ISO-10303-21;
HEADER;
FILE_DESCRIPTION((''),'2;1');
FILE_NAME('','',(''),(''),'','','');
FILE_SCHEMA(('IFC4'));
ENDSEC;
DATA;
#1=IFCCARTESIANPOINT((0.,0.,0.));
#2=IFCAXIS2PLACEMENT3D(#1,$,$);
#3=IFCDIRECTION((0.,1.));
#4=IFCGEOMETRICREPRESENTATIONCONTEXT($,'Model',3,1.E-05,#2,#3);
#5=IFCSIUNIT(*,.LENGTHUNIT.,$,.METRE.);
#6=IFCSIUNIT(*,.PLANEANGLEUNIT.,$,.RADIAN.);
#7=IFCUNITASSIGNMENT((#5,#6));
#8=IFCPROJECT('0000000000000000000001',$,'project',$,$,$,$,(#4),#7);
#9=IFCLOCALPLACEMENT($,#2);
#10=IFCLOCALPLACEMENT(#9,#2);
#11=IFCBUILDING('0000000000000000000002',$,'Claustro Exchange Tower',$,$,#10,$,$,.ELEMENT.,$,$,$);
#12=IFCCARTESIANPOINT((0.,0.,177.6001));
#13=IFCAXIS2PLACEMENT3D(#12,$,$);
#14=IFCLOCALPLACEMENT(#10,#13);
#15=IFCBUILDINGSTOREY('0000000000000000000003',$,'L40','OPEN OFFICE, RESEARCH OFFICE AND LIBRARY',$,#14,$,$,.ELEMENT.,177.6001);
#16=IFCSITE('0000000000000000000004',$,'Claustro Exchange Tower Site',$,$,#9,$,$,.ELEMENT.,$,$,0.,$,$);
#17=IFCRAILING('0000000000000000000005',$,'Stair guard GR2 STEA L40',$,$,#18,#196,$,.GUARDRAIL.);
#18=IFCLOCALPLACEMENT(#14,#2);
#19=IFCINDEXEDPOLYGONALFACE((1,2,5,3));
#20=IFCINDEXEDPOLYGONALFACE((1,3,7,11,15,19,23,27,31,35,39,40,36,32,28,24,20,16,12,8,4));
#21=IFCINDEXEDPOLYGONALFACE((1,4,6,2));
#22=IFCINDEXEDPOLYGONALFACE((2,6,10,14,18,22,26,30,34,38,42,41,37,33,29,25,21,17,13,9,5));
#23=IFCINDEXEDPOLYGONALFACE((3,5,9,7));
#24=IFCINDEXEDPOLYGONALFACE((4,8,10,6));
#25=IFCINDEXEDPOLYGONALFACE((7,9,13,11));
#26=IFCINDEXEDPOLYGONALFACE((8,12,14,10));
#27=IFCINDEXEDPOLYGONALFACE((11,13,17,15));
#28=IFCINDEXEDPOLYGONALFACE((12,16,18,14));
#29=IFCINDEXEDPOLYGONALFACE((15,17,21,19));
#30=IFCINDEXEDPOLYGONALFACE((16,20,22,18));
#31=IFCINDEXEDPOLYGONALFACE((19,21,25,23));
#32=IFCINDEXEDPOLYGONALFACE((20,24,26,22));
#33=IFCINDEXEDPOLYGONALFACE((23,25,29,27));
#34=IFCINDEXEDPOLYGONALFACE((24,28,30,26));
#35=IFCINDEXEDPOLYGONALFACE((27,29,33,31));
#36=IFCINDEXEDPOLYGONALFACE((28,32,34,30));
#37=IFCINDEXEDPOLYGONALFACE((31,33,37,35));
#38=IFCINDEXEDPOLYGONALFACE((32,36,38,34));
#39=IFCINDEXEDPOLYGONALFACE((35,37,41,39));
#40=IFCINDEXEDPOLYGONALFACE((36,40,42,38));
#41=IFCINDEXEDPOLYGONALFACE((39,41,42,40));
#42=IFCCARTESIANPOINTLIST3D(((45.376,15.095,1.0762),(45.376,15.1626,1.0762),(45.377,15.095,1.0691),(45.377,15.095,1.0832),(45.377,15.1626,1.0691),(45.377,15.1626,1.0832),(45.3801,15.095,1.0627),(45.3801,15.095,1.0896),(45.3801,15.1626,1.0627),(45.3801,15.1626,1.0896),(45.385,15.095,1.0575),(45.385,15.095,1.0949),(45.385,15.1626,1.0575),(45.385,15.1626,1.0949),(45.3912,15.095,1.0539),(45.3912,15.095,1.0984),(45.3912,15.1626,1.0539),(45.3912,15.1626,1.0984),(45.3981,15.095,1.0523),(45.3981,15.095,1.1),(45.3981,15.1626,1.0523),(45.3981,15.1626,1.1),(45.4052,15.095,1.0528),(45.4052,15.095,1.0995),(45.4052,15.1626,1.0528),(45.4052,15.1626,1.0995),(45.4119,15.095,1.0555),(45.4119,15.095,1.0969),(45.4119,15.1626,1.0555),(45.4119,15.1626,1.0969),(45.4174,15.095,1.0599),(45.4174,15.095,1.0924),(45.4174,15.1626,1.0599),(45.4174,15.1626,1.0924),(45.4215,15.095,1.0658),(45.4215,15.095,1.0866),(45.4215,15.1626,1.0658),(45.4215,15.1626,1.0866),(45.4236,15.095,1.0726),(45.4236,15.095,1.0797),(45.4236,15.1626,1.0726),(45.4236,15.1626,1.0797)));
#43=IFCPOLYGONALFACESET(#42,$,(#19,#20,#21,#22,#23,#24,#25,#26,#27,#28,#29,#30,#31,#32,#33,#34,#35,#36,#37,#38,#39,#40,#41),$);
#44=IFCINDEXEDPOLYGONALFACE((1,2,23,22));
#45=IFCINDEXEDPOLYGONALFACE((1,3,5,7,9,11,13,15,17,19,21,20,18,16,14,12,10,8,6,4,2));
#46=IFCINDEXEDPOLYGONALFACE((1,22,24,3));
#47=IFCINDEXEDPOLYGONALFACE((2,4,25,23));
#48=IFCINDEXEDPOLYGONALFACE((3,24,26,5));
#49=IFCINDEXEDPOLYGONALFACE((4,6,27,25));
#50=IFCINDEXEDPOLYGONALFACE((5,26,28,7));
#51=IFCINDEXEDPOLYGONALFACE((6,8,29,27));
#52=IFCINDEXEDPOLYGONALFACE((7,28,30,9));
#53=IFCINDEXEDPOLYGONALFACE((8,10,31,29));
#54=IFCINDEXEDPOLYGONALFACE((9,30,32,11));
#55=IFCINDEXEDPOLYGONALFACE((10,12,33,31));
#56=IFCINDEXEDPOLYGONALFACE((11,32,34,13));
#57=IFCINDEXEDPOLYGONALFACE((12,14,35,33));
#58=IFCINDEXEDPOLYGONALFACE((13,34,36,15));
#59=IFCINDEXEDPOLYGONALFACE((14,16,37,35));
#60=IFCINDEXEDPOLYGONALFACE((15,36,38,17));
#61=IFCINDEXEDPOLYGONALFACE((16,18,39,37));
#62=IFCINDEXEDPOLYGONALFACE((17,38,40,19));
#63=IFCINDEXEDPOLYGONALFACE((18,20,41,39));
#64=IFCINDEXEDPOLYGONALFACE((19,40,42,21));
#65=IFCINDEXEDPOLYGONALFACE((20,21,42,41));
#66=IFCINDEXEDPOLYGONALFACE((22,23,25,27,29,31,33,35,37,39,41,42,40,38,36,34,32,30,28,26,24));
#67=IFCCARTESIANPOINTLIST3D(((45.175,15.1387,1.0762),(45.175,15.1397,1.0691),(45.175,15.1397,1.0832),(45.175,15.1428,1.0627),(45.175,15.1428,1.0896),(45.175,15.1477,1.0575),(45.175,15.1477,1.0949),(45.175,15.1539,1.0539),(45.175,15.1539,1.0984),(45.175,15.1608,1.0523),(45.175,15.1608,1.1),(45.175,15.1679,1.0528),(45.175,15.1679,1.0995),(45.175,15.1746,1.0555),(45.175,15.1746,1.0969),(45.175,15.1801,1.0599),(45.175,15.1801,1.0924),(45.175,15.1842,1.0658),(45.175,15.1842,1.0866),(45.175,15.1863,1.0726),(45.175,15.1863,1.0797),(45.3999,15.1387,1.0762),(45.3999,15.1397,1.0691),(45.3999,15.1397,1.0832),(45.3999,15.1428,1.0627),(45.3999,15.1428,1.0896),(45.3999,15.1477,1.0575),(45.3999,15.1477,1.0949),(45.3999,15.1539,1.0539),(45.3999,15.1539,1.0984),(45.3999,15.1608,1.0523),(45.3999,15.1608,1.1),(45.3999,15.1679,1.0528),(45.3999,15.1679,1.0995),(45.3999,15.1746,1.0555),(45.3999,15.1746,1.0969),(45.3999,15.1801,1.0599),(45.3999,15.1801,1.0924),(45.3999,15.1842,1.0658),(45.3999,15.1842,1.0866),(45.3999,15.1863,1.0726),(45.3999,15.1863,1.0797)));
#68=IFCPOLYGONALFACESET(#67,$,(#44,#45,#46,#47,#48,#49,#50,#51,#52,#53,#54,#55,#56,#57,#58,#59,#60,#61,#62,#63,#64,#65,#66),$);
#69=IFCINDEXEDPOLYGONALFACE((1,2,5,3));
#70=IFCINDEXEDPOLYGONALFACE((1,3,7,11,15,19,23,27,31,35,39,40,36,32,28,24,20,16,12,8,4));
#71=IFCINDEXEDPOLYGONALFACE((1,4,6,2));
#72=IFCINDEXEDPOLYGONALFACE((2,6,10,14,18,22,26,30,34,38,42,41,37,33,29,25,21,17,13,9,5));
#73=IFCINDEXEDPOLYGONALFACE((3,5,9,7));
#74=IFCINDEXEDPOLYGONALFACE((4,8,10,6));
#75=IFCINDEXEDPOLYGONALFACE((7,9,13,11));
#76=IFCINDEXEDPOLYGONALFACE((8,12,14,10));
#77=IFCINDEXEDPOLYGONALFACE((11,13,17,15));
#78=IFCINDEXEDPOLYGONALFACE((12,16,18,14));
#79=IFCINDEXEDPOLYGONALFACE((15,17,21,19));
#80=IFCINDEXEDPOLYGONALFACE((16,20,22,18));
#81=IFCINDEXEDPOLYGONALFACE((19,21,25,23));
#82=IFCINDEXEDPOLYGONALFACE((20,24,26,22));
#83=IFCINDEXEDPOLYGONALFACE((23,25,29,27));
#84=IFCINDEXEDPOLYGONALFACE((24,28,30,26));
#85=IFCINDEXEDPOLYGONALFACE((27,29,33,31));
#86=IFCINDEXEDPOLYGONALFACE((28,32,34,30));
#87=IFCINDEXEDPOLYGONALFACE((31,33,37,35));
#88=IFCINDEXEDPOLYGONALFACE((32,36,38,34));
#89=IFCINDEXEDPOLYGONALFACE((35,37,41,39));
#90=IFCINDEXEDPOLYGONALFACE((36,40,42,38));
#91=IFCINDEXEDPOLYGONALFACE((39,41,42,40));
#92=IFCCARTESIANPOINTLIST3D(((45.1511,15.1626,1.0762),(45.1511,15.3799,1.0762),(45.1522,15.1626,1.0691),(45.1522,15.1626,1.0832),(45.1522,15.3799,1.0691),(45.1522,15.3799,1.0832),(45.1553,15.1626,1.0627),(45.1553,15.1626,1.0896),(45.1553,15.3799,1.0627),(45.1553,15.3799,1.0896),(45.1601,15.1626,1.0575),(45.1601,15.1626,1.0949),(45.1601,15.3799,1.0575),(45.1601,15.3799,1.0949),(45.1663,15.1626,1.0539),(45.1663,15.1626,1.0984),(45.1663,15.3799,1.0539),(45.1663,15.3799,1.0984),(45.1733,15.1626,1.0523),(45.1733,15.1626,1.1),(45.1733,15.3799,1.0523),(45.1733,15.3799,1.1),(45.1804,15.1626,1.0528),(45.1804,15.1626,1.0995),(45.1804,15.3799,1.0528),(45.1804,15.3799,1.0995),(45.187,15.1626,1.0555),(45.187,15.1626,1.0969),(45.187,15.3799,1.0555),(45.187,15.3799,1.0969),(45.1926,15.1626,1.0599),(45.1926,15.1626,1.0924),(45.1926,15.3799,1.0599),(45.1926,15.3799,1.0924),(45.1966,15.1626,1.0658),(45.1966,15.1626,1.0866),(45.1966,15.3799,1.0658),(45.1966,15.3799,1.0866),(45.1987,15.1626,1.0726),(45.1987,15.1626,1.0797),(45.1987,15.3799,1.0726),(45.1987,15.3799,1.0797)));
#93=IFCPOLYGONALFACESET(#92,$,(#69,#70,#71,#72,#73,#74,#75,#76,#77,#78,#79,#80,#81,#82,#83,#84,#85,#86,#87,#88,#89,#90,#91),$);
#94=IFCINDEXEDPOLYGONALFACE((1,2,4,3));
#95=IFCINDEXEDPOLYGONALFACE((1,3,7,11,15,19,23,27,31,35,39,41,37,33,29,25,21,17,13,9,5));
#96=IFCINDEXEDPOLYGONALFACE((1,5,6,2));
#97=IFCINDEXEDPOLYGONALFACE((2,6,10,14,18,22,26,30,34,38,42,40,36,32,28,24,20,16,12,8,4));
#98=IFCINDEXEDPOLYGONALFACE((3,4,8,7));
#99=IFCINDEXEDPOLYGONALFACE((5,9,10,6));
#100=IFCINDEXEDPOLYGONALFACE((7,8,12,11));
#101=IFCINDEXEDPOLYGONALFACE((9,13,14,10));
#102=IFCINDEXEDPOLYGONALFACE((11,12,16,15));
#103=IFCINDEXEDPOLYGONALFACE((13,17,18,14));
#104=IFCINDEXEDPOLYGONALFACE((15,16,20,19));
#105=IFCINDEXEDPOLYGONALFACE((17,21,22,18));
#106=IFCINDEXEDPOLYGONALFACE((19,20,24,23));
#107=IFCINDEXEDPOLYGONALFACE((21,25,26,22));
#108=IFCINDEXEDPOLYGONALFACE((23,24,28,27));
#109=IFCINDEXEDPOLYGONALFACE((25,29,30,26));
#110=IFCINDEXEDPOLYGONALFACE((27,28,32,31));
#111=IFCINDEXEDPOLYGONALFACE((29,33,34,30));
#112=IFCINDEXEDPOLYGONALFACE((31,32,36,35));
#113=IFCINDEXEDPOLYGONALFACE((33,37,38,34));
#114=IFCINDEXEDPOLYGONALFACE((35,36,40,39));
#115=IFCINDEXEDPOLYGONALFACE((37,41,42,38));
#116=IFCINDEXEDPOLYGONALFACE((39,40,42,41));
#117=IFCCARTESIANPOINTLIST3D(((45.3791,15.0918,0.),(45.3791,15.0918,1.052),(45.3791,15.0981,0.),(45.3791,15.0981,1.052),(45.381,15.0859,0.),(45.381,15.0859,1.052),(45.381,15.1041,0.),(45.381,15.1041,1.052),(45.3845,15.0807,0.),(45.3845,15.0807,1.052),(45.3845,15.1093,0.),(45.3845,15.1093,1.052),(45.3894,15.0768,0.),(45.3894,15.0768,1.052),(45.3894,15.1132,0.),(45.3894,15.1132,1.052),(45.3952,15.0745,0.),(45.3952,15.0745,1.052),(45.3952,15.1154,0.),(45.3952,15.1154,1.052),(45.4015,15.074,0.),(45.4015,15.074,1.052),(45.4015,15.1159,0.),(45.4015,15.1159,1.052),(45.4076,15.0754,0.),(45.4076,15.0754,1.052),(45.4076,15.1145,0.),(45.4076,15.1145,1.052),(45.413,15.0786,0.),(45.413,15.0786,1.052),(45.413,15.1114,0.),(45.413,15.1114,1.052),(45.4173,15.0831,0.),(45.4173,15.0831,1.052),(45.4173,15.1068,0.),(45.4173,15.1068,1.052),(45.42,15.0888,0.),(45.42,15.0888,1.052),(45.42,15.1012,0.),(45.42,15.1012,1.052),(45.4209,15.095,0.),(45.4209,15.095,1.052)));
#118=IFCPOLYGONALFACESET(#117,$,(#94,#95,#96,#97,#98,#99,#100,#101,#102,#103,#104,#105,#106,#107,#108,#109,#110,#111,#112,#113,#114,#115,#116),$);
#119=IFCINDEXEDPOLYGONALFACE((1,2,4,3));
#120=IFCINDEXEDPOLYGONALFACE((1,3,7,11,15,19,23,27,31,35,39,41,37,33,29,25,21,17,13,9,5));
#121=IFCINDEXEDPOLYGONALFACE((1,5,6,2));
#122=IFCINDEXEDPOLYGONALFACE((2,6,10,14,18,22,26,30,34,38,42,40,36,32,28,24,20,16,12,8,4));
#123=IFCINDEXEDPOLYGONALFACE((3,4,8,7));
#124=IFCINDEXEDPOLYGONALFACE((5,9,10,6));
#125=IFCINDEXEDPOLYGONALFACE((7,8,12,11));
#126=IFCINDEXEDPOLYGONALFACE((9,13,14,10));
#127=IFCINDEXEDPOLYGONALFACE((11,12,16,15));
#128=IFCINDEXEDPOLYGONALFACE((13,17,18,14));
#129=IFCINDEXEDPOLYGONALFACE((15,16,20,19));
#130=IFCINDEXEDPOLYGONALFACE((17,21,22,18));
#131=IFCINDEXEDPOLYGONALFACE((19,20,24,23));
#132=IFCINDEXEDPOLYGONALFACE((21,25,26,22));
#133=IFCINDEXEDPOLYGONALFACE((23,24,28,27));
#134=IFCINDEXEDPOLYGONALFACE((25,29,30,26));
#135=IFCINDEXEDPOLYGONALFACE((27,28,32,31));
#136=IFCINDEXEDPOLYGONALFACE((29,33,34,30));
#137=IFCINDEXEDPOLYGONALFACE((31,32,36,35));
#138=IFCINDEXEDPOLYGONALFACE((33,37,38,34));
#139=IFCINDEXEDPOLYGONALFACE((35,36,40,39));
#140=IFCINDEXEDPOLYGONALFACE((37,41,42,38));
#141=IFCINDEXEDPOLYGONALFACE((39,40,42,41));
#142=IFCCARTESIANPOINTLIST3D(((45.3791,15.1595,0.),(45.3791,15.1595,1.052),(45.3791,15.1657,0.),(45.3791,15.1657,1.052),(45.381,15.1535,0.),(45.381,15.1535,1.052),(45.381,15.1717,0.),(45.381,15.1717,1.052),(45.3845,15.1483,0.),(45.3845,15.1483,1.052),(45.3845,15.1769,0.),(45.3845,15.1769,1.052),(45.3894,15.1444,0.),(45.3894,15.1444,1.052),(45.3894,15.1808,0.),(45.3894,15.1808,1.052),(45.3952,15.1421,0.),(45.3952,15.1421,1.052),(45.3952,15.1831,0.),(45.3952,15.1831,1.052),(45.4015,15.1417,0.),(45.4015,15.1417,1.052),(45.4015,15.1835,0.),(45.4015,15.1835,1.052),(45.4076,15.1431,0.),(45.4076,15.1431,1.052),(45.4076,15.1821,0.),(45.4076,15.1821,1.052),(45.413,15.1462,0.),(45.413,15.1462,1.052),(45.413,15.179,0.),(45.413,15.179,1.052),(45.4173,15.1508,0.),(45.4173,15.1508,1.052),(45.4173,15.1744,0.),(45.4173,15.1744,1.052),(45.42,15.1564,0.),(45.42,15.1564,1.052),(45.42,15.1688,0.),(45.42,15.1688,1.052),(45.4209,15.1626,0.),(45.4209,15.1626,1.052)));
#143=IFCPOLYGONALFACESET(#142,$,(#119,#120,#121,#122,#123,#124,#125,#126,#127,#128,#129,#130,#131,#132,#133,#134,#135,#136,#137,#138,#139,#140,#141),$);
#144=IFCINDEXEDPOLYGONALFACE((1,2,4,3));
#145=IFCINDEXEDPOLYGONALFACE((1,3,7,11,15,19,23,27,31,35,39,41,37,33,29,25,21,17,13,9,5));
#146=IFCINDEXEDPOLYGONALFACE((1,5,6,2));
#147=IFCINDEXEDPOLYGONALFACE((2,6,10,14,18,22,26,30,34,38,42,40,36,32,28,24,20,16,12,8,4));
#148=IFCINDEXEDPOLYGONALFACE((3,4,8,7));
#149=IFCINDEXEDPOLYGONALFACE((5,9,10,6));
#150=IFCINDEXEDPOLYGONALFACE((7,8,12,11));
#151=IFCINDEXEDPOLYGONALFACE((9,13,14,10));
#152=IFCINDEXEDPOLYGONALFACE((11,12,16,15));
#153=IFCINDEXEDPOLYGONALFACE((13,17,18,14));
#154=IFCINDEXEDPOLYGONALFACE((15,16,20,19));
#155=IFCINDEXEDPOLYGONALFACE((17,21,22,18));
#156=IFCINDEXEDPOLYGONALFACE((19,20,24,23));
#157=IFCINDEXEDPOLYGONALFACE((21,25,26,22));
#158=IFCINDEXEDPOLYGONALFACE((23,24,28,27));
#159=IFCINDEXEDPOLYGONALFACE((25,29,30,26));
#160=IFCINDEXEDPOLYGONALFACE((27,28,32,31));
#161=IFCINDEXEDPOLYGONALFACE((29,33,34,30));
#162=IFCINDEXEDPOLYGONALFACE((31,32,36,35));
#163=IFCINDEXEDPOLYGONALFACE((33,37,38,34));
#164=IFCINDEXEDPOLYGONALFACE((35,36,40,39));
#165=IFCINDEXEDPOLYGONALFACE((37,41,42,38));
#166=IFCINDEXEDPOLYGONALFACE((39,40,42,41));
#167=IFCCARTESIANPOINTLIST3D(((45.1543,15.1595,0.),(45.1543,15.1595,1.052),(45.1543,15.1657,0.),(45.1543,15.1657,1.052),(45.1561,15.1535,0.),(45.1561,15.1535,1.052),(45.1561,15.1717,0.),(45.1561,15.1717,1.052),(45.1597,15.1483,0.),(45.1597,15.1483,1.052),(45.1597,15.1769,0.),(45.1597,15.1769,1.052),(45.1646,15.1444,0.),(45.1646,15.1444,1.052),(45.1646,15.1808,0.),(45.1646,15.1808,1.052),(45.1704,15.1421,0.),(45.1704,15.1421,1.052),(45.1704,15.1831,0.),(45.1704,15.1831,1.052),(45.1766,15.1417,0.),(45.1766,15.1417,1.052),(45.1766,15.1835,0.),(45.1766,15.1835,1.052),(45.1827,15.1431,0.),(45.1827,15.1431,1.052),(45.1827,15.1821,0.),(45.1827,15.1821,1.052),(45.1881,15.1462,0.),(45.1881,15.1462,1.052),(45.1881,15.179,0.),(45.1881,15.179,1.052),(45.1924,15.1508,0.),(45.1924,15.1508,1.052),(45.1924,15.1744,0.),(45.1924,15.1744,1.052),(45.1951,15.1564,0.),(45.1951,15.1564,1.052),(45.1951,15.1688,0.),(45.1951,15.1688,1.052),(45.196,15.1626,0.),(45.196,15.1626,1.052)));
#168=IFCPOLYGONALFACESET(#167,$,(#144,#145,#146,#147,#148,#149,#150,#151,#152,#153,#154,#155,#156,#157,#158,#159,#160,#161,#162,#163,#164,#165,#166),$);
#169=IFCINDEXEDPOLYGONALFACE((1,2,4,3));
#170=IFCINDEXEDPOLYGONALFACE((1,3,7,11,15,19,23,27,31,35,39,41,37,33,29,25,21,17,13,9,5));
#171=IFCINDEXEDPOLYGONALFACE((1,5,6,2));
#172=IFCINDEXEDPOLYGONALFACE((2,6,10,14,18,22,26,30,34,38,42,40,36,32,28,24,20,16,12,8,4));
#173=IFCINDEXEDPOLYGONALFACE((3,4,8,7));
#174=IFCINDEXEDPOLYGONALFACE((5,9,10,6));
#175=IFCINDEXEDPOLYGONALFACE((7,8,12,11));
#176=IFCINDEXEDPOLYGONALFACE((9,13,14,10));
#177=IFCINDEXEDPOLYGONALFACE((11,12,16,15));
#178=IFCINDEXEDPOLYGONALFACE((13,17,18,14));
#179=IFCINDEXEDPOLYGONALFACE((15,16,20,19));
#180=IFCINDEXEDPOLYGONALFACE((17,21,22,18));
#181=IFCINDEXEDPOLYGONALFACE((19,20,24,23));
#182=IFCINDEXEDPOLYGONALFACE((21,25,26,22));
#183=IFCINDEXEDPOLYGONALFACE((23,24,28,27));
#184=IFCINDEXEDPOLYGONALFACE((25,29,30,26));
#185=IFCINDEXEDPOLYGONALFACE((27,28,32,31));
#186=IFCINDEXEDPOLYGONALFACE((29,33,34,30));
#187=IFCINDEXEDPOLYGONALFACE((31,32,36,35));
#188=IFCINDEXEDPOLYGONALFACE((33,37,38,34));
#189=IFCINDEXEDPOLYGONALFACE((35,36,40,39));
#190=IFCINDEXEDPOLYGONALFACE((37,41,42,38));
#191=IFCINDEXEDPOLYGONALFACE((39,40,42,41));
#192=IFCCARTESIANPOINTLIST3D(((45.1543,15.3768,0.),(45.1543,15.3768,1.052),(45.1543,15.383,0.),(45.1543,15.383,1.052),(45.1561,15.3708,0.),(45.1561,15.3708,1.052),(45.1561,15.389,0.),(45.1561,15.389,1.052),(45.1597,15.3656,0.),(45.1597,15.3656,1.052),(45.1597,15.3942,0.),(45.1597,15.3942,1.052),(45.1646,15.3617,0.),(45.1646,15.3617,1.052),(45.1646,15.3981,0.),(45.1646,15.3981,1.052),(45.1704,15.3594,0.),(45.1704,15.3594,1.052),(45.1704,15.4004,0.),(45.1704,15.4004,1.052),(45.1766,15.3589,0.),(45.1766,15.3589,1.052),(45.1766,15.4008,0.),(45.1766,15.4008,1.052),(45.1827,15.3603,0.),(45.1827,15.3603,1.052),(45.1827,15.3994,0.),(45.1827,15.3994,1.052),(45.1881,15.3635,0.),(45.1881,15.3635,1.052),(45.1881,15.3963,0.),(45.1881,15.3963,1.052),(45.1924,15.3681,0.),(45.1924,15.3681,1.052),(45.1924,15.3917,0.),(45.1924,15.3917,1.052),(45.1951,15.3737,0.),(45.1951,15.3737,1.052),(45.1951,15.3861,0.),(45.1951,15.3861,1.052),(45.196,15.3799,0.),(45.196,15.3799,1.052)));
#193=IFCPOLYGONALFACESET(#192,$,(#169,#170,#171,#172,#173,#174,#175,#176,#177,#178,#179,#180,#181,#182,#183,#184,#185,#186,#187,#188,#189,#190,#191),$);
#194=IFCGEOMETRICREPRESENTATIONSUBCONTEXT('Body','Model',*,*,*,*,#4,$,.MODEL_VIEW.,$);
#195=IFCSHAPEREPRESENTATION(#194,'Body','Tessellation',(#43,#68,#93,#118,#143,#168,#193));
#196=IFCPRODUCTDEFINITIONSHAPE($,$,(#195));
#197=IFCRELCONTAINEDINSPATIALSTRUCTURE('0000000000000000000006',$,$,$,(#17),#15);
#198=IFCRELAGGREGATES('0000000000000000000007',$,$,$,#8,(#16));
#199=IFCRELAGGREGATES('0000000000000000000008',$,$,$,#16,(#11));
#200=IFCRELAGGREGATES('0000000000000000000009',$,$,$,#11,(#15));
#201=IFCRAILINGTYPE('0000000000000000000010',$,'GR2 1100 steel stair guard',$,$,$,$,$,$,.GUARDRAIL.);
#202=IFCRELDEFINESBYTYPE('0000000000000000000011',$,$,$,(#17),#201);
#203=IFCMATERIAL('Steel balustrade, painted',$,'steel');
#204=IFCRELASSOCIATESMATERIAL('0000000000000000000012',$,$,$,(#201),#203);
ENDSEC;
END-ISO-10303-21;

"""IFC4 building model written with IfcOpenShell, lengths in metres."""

from ifc_helpers import new_model, si_unit, direction, frame, origin, origin_2d, place, context, subcontext, project, spatial, circle, extrude, material, type_object, element, save


model = new_model("IFC4")

# Units and contexts
model_context = context("Model", 3, precision=1e-05, world=origin(), true_north=direction((0.0, 1.0)))
body_context = subcontext(model_context, "Body", "Model", "MODEL_VIEW")
ifc_project = project(units=[si_unit("LENGTHUNIT", "METRE"), si_unit("PLANEANGLEUNIT", "RADIAN")], contexts=[model_context])

# Site, building, storey
site_placement = place(None, origin())
site = spatial("IfcSite", under=ifc_project, at=site_placement, Name="Claustro Exchange Tower Site", CompositionType="ELEMENT", RefElevation=0.0)
building_placement = place(site_placement, origin())
building = spatial("IfcBuilding", under=site, at=building_placement, Name="Claustro Exchange Tower", CompositionType="ELEMENT")
storey_placement = place(building_placement, frame((0.0, 0.0, 177.6001)))
storey = spatial("IfcBuildingStorey", under=building, at=storey_placement, Name="L40", Description="OPEN OFFICE, RESEARCH OFFICE AND LIBRARY", CompositionType="ELEMENT", Elevation=177.6001)

# Railing
ifc_material_1 = material(Name="Steel balustrade, painted", Category="steel")
railing_type_1 = type_object("IfcRailingType", Name="GR2 1100 steel stair guard", PredefinedType="GUARDRAIL", material=ifc_material_1)
railing_1_placement = place(storey_placement, frame((45.3999, 15.095, 0.0)))
element("IfcRailing", 1, at=railing_1_placement, inside=storey, type_object=railing_type_1, Name="Stair guard GR2 STEA L40", PredefinedType="GUARDRAIL", context=body_context, shape_type="SweptSolid", body=[
    extrude(circle(Radius=0.0239, at=origin_2d()), frame((0.0, 0.0, 1.0762), z_axis=(0.0, 1.0, 0.0), x_axis=(-1.0, 0.0, 0.0)), (0.0, 0.0, 1.0), 0.0676),
    extrude(circle(Radius=0.0239, at=origin_2d()), frame((0.0, 0.0676, 1.0762), z_axis=(-1.0, 0.0, 0.0), x_axis=(0.0, -1.0, 0.0)), (0.0, 0.0, 1.0), 0.2249),
    extrude(circle(Radius=0.0239, at=origin_2d()), frame((-0.2249, 0.0676, 1.0762), z_axis=(0.0, 1.0, 0.0), x_axis=(-1.0, 0.0, 0.0)), (0.0, 0.0, 1.0), 0.2173),
    extrude(circle(Radius=0.021, at=origin_2d()), origin(), (0.0, 0.0, 1.0), 1.052),
    extrude(circle(Radius=0.021, at=origin_2d()), frame((0.0, 0.0676, 0.0)), (0.0, 0.0, 1.0), 1.052),
    extrude(circle(Radius=0.021, at=origin_2d()), frame((-0.2249, 0.0676, 0.0)), (0.0, 0.0, 1.0), 1.052),
    extrude(circle(Radius=0.021, at=origin_2d()), frame((-0.2249, 0.2849, 0.0)), (0.0, 0.0, 1.0), 1.052),
])

save(model, "model.ifc")
